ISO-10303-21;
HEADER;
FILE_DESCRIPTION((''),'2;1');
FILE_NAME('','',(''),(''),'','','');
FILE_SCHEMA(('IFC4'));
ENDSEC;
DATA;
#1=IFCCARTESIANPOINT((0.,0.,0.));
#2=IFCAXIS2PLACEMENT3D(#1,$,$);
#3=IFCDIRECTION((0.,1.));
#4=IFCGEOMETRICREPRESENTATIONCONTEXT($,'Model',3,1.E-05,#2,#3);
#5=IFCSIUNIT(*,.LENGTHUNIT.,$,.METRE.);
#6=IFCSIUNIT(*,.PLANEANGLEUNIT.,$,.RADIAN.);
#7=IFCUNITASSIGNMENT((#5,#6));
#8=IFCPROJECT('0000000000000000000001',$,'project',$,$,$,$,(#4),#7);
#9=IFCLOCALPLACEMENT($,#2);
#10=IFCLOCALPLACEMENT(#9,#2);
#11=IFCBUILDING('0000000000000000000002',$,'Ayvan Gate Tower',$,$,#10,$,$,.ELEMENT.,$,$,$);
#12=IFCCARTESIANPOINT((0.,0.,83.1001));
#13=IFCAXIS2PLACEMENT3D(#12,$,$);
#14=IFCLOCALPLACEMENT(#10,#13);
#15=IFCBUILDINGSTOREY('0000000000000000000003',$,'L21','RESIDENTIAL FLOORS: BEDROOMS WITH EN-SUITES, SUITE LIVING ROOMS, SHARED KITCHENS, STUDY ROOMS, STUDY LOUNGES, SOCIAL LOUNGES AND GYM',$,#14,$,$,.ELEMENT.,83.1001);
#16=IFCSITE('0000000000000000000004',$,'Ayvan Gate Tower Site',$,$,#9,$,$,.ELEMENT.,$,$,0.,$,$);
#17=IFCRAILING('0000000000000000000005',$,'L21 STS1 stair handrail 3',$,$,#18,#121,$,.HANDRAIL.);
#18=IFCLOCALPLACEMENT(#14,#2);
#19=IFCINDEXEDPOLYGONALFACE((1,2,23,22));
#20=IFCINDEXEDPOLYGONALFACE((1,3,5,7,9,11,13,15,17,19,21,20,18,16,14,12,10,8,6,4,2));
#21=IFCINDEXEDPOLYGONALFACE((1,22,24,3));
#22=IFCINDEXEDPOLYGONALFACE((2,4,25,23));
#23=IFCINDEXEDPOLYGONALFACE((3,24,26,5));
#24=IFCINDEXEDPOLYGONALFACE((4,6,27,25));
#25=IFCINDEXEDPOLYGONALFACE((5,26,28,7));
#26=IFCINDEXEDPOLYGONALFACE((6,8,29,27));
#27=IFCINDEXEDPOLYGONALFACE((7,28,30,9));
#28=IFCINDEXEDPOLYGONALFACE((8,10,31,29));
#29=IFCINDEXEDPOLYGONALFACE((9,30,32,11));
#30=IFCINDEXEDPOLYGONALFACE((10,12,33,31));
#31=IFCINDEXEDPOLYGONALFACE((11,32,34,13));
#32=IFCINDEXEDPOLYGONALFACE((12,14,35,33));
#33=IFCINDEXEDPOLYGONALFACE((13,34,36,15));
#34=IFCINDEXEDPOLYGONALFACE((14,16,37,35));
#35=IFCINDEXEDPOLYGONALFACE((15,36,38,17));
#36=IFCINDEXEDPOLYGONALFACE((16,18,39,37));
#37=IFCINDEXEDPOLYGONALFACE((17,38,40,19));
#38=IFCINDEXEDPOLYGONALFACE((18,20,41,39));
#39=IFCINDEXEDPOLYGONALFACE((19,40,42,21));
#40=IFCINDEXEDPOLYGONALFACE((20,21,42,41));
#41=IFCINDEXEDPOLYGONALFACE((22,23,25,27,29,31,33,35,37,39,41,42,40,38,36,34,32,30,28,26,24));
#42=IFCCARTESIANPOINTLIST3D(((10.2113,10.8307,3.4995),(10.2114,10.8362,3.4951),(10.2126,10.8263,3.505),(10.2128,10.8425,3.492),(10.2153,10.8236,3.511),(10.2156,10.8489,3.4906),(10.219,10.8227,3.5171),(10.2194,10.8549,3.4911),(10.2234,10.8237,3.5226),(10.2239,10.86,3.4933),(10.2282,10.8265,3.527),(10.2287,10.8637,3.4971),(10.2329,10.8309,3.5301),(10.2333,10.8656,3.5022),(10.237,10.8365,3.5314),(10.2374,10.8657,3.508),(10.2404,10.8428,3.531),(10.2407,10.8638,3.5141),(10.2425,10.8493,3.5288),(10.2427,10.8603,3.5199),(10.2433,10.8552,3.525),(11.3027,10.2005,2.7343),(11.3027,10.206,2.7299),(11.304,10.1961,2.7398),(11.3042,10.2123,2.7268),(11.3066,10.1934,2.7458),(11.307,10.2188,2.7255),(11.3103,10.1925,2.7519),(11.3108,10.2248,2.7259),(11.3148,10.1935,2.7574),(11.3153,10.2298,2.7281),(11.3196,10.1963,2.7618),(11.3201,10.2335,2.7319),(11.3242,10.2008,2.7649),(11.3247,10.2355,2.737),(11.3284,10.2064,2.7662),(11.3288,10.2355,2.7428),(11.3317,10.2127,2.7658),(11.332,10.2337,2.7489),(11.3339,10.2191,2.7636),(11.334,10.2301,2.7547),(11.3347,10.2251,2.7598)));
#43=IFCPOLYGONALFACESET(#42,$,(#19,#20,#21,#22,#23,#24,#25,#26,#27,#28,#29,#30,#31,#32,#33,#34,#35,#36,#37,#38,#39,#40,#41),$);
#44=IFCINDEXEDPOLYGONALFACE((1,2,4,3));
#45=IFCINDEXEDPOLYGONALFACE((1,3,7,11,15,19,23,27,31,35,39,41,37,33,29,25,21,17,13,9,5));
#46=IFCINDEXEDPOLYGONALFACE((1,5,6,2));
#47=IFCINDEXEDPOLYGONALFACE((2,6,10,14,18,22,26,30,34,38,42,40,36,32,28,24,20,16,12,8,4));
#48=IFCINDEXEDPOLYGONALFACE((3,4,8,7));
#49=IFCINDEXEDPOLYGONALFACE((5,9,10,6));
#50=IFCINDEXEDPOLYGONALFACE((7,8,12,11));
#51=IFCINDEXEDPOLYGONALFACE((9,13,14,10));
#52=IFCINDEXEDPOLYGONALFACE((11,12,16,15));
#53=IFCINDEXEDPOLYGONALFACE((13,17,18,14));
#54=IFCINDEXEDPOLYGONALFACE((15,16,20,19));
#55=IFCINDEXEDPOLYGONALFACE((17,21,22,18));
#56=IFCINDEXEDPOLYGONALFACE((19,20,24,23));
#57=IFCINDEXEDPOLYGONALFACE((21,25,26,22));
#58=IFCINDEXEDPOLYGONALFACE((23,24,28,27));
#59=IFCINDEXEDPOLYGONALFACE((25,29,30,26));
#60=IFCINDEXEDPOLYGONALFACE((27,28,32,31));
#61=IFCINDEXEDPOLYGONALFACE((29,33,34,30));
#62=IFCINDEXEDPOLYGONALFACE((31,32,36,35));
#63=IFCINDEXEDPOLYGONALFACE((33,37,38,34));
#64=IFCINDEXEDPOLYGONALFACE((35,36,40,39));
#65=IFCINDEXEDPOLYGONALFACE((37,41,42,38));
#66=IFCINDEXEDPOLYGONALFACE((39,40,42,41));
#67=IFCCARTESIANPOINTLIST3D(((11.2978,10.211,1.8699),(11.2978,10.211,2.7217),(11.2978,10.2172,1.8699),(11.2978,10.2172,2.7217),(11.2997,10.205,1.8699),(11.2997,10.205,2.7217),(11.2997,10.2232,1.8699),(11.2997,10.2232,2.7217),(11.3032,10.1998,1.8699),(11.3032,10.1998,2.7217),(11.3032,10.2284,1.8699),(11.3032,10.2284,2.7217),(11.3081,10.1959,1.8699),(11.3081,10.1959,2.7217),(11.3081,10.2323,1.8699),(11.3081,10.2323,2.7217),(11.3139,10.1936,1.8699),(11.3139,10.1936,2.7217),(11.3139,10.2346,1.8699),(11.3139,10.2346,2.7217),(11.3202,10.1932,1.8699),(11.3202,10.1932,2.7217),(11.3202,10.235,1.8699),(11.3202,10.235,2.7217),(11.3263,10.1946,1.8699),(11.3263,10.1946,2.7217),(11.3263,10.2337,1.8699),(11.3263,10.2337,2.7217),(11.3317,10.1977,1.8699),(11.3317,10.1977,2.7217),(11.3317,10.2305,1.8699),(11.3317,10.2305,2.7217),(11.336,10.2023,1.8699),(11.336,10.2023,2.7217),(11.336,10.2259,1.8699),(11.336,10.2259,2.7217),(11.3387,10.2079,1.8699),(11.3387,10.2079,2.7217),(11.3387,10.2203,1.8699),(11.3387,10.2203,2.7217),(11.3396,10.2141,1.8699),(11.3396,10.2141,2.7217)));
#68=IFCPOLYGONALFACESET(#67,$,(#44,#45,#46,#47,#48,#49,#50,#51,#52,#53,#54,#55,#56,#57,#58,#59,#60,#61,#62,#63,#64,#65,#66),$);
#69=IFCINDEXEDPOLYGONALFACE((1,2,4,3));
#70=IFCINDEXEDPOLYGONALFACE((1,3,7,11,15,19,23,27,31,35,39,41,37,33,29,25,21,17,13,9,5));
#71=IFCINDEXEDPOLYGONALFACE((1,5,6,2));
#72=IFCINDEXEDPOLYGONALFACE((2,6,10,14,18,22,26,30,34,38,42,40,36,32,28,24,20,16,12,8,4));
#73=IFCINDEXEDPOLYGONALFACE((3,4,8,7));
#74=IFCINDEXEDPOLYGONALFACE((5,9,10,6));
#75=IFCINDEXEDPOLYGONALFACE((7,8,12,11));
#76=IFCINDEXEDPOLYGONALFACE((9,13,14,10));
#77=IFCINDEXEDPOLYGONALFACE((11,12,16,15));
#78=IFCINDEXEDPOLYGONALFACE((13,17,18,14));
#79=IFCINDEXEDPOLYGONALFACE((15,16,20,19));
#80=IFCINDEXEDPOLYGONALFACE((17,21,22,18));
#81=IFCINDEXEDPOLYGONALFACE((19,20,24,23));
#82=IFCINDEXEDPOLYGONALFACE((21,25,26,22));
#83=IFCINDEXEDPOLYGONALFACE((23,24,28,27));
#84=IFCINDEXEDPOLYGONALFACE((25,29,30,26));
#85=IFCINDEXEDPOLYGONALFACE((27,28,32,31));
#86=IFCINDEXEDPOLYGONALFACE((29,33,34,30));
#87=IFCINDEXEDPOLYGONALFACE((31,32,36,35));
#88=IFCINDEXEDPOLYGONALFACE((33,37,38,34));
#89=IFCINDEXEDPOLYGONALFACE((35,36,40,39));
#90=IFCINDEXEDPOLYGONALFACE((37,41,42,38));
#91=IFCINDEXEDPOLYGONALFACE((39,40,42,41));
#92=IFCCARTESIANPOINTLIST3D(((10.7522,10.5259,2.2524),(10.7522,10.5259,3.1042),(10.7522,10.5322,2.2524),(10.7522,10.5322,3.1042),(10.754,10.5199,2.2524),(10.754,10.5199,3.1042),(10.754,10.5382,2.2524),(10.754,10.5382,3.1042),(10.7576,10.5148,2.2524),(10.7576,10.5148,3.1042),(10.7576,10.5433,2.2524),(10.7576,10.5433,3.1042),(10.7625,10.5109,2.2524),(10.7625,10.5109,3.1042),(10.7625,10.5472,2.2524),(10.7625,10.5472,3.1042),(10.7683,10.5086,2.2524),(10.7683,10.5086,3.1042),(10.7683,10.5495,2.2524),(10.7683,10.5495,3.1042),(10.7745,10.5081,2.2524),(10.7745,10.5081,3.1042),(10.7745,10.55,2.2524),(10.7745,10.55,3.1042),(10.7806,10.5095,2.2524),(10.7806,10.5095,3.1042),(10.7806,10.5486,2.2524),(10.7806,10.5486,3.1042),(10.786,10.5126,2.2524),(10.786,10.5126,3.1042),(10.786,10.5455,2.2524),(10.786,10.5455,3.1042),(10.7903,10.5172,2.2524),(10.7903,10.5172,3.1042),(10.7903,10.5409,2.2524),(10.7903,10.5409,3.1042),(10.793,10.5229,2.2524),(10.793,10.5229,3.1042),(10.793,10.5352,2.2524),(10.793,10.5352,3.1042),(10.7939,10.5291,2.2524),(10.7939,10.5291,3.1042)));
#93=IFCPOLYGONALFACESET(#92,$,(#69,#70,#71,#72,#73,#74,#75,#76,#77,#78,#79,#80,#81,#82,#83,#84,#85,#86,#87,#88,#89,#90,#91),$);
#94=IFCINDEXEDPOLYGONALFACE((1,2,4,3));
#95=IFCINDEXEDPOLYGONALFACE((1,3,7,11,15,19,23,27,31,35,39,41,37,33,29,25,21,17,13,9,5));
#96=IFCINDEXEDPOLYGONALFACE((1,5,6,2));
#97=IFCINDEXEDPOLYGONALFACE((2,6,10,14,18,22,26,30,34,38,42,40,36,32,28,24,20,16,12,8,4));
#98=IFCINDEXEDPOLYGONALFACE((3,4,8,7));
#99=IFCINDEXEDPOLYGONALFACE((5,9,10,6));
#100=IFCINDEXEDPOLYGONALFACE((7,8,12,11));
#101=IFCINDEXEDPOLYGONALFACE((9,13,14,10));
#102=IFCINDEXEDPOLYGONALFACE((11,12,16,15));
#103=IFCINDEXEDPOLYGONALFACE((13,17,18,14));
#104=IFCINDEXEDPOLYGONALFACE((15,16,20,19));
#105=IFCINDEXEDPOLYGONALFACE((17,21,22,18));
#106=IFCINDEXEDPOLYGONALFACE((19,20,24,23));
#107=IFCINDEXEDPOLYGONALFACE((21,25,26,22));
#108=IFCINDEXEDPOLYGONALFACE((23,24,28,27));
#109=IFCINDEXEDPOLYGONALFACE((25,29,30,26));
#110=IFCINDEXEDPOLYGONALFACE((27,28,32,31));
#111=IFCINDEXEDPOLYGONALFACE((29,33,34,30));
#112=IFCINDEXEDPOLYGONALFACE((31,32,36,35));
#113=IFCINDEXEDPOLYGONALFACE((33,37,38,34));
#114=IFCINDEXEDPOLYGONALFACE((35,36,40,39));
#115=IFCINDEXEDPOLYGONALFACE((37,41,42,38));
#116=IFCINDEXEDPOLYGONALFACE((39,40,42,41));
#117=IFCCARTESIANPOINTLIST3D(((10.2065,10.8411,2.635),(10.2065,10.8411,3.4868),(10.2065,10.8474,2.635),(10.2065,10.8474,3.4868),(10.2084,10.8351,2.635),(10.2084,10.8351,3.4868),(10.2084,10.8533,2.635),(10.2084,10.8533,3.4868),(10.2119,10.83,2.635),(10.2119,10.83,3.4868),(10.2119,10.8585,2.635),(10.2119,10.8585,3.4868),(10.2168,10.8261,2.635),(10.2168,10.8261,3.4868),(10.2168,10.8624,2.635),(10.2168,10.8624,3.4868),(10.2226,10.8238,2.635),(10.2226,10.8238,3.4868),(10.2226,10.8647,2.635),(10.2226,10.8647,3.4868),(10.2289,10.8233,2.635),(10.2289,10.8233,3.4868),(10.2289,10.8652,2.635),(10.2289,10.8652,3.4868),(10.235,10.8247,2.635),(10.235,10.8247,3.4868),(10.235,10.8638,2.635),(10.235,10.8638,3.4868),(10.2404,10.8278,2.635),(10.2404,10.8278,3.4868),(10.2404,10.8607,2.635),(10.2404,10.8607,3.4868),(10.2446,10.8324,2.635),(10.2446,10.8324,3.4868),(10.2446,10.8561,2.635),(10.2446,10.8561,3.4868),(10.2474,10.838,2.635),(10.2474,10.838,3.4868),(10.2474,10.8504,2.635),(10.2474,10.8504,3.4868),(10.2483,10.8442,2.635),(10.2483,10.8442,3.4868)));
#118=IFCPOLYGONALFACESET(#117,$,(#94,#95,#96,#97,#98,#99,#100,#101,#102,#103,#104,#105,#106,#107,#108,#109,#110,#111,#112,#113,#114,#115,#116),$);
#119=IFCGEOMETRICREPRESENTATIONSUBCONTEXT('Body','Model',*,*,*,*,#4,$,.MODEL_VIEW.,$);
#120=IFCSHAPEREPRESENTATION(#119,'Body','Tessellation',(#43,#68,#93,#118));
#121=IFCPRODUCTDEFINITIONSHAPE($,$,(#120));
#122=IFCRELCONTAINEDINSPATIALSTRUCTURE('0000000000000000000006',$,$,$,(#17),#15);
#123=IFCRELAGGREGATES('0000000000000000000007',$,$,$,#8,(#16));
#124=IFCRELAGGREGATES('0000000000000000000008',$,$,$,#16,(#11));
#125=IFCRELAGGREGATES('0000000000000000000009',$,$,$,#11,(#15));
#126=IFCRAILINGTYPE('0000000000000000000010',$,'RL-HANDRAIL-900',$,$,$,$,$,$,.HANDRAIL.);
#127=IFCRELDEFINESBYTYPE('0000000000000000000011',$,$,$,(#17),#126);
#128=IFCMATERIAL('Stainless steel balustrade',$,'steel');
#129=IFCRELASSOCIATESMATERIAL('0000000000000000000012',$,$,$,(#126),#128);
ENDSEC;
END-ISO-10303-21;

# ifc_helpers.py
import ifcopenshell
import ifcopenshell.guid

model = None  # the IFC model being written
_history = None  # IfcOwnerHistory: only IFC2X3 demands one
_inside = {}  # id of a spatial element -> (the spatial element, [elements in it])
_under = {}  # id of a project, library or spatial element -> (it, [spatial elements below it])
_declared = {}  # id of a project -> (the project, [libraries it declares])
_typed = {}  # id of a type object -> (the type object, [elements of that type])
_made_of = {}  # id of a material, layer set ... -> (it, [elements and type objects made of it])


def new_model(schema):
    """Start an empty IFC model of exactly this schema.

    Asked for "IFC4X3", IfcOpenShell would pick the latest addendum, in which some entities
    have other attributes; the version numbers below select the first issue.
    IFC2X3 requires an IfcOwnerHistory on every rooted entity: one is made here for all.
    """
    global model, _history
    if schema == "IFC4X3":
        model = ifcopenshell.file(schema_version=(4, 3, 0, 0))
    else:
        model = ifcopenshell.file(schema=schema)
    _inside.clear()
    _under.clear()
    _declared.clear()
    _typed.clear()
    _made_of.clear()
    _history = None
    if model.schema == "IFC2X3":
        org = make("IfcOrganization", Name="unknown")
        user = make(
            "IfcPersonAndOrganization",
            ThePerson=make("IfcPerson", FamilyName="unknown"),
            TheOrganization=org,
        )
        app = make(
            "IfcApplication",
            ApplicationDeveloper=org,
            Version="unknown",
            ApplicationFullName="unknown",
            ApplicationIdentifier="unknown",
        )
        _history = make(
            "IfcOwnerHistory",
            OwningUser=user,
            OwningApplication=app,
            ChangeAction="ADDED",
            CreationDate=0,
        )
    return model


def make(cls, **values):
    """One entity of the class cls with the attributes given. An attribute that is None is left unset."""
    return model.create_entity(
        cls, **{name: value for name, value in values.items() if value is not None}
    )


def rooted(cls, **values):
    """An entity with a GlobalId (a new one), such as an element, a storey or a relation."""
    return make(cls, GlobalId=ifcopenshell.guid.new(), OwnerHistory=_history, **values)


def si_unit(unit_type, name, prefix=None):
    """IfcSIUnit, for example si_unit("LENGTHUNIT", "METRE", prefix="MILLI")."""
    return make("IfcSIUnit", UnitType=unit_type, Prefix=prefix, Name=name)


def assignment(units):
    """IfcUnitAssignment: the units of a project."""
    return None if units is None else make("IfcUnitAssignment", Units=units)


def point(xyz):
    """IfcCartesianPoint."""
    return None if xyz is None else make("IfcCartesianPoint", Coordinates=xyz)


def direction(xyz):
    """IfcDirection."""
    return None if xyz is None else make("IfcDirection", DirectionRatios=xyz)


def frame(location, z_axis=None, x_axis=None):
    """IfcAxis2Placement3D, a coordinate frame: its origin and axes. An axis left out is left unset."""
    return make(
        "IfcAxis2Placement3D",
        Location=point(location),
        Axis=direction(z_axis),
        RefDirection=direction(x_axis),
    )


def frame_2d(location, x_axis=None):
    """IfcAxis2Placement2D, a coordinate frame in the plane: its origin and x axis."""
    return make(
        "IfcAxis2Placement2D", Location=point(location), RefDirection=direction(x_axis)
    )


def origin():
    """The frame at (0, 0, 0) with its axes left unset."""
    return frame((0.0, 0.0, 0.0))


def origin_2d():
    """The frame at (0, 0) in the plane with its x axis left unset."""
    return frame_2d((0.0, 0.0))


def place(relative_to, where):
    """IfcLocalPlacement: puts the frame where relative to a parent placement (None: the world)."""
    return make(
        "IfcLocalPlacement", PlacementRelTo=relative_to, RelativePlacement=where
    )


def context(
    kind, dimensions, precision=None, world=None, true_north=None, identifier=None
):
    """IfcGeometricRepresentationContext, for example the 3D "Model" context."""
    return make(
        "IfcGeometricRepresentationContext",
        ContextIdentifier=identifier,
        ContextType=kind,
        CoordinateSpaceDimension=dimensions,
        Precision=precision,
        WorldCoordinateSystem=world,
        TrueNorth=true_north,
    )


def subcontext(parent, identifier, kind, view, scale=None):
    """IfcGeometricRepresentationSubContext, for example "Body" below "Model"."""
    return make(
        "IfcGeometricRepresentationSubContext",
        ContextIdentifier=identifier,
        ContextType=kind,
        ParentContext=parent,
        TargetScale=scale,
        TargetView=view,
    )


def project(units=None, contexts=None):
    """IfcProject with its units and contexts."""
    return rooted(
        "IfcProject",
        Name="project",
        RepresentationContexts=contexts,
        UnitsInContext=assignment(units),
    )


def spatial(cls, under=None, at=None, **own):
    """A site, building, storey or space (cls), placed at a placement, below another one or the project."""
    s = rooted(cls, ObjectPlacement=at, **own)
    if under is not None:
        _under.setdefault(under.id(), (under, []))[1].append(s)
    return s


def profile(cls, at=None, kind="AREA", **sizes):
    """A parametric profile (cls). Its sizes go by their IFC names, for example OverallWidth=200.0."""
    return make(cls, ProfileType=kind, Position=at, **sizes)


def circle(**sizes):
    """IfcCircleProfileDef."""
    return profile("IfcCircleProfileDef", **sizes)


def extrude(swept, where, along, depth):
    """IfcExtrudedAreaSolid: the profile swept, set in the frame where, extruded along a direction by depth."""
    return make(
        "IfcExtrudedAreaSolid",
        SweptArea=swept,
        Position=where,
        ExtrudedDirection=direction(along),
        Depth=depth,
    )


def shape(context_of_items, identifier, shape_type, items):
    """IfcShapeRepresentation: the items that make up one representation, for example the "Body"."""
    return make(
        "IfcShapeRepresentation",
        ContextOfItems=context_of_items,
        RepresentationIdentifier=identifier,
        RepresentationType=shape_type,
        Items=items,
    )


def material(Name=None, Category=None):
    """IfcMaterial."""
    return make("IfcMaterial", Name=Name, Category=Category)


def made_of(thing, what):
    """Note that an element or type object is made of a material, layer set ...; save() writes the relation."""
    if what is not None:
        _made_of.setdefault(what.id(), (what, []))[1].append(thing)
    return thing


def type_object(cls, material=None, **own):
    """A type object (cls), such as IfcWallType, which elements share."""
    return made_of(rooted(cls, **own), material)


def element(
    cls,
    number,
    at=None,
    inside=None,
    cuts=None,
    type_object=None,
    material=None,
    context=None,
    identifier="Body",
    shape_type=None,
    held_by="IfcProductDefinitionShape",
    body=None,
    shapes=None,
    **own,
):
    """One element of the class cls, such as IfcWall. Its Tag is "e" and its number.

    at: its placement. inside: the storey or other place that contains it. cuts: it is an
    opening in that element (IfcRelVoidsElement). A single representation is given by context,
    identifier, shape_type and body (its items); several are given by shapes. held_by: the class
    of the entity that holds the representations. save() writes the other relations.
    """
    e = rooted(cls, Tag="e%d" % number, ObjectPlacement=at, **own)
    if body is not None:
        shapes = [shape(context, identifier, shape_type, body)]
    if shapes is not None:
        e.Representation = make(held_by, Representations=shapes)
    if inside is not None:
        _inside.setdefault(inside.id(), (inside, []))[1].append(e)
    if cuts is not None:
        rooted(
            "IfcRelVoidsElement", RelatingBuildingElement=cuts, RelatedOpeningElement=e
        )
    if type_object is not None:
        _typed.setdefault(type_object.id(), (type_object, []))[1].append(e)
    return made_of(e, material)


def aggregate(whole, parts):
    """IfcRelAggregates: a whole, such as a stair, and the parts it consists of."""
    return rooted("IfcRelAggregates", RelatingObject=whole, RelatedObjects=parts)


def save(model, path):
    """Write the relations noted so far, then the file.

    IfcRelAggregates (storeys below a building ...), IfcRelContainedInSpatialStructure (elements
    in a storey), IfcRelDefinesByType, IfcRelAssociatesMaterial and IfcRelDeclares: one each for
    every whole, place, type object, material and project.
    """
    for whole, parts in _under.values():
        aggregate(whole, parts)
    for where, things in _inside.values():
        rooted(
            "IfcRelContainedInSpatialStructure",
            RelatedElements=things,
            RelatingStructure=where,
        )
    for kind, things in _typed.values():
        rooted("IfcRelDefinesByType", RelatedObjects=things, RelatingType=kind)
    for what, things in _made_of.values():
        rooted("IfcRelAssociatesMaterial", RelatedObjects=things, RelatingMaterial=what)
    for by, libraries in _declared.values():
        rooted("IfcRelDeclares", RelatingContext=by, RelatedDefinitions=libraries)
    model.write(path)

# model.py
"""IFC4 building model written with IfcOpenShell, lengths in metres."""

from ifc_helpers import new_model, si_unit, direction, frame, origin, origin_2d, place, context, subcontext, project, spatial, circle, extrude, material, type_object, element, save


model = new_model("IFC4")

# Units and contexts
model_context = context("Model", 3, precision=1e-05, world=origin(), true_north=direction((0.0, 1.0)))
body_context = subcontext(model_context, "Body", "Model", "MODEL_VIEW")
ifc_project = project(units=[si_unit("LENGTHUNIT", "METRE"), si_unit("PLANEANGLEUNIT", "RADIAN")], contexts=[model_context])

# Site, building, storey
site_placement = place(None, origin())
site = spatial("IfcSite", under=ifc_project, at=site_placement, Name="Ayvan Gate Tower Site", CompositionType="ELEMENT", RefElevation=0.0)
building_placement = place(site_placement, origin())
building = spatial("IfcBuilding", under=site, at=building_placement, Name="Ayvan Gate Tower", CompositionType="ELEMENT")
storey_placement = place(building_placement, frame((0.0, 0.0, 83.1001)))
storey = spatial("IfcBuildingStorey", under=building, at=storey_placement, Name="L21", Description="RESIDENTIAL FLOORS: BEDROOMS WITH EN-SUITES, SUITE LIVING ROOMS, SHARED KITCHENS, STUDY ROOMS, STUDY LOUNGES, SOCIAL LOUNGES AND GYM", CompositionType="ELEMENT", Elevation=83.1001)

# Railing
ifc_material_1 = material(Name="Stainless steel balustrade", Category="steel")
railing_type_1 = type_object("IfcRailingType", Name="RL-HANDRAIL-900", PredefinedType="HANDRAIL", material=ifc_material_1)
railing_1_placement = place(storey_placement, frame((11.3186, 10.2141, 1.8699)))
element("IfcRailing", 1, at=railing_1_placement, inside=storey, type_object=railing_type_1, Name="L21 STS1 stair handrail 3", PredefinedType="HANDRAIL", context=body_context, shape_type="SweptSolid", body=[
    extrude(circle(Radius=0.0239, at=origin_2d()), frame((0.0, 0.0, 0.876), z_axis=(-0.740241, 0.427419, 0.518996), x_axis=(-0.500035, -0.866005, 0.0)), (0.0, 0.0, 1.0), 1.4744),
    extrude(circle(Radius=0.021, at=origin_2d()), origin(), (0.0, 0.0, 1.0), 0.8518),
    extrude(circle(Radius=0.021, at=origin_2d()), frame((-0.5457, 0.3149, 0.3826)), (0.0, 0.0, 1.0), 0.8518),
    extrude(circle(Radius=0.021, at=origin_2d()), frame((-1.0913, 0.6301, 0.7651)), (0.0, 0.0, 1.0), 0.8518),
])

save(model, "model.ifc")
